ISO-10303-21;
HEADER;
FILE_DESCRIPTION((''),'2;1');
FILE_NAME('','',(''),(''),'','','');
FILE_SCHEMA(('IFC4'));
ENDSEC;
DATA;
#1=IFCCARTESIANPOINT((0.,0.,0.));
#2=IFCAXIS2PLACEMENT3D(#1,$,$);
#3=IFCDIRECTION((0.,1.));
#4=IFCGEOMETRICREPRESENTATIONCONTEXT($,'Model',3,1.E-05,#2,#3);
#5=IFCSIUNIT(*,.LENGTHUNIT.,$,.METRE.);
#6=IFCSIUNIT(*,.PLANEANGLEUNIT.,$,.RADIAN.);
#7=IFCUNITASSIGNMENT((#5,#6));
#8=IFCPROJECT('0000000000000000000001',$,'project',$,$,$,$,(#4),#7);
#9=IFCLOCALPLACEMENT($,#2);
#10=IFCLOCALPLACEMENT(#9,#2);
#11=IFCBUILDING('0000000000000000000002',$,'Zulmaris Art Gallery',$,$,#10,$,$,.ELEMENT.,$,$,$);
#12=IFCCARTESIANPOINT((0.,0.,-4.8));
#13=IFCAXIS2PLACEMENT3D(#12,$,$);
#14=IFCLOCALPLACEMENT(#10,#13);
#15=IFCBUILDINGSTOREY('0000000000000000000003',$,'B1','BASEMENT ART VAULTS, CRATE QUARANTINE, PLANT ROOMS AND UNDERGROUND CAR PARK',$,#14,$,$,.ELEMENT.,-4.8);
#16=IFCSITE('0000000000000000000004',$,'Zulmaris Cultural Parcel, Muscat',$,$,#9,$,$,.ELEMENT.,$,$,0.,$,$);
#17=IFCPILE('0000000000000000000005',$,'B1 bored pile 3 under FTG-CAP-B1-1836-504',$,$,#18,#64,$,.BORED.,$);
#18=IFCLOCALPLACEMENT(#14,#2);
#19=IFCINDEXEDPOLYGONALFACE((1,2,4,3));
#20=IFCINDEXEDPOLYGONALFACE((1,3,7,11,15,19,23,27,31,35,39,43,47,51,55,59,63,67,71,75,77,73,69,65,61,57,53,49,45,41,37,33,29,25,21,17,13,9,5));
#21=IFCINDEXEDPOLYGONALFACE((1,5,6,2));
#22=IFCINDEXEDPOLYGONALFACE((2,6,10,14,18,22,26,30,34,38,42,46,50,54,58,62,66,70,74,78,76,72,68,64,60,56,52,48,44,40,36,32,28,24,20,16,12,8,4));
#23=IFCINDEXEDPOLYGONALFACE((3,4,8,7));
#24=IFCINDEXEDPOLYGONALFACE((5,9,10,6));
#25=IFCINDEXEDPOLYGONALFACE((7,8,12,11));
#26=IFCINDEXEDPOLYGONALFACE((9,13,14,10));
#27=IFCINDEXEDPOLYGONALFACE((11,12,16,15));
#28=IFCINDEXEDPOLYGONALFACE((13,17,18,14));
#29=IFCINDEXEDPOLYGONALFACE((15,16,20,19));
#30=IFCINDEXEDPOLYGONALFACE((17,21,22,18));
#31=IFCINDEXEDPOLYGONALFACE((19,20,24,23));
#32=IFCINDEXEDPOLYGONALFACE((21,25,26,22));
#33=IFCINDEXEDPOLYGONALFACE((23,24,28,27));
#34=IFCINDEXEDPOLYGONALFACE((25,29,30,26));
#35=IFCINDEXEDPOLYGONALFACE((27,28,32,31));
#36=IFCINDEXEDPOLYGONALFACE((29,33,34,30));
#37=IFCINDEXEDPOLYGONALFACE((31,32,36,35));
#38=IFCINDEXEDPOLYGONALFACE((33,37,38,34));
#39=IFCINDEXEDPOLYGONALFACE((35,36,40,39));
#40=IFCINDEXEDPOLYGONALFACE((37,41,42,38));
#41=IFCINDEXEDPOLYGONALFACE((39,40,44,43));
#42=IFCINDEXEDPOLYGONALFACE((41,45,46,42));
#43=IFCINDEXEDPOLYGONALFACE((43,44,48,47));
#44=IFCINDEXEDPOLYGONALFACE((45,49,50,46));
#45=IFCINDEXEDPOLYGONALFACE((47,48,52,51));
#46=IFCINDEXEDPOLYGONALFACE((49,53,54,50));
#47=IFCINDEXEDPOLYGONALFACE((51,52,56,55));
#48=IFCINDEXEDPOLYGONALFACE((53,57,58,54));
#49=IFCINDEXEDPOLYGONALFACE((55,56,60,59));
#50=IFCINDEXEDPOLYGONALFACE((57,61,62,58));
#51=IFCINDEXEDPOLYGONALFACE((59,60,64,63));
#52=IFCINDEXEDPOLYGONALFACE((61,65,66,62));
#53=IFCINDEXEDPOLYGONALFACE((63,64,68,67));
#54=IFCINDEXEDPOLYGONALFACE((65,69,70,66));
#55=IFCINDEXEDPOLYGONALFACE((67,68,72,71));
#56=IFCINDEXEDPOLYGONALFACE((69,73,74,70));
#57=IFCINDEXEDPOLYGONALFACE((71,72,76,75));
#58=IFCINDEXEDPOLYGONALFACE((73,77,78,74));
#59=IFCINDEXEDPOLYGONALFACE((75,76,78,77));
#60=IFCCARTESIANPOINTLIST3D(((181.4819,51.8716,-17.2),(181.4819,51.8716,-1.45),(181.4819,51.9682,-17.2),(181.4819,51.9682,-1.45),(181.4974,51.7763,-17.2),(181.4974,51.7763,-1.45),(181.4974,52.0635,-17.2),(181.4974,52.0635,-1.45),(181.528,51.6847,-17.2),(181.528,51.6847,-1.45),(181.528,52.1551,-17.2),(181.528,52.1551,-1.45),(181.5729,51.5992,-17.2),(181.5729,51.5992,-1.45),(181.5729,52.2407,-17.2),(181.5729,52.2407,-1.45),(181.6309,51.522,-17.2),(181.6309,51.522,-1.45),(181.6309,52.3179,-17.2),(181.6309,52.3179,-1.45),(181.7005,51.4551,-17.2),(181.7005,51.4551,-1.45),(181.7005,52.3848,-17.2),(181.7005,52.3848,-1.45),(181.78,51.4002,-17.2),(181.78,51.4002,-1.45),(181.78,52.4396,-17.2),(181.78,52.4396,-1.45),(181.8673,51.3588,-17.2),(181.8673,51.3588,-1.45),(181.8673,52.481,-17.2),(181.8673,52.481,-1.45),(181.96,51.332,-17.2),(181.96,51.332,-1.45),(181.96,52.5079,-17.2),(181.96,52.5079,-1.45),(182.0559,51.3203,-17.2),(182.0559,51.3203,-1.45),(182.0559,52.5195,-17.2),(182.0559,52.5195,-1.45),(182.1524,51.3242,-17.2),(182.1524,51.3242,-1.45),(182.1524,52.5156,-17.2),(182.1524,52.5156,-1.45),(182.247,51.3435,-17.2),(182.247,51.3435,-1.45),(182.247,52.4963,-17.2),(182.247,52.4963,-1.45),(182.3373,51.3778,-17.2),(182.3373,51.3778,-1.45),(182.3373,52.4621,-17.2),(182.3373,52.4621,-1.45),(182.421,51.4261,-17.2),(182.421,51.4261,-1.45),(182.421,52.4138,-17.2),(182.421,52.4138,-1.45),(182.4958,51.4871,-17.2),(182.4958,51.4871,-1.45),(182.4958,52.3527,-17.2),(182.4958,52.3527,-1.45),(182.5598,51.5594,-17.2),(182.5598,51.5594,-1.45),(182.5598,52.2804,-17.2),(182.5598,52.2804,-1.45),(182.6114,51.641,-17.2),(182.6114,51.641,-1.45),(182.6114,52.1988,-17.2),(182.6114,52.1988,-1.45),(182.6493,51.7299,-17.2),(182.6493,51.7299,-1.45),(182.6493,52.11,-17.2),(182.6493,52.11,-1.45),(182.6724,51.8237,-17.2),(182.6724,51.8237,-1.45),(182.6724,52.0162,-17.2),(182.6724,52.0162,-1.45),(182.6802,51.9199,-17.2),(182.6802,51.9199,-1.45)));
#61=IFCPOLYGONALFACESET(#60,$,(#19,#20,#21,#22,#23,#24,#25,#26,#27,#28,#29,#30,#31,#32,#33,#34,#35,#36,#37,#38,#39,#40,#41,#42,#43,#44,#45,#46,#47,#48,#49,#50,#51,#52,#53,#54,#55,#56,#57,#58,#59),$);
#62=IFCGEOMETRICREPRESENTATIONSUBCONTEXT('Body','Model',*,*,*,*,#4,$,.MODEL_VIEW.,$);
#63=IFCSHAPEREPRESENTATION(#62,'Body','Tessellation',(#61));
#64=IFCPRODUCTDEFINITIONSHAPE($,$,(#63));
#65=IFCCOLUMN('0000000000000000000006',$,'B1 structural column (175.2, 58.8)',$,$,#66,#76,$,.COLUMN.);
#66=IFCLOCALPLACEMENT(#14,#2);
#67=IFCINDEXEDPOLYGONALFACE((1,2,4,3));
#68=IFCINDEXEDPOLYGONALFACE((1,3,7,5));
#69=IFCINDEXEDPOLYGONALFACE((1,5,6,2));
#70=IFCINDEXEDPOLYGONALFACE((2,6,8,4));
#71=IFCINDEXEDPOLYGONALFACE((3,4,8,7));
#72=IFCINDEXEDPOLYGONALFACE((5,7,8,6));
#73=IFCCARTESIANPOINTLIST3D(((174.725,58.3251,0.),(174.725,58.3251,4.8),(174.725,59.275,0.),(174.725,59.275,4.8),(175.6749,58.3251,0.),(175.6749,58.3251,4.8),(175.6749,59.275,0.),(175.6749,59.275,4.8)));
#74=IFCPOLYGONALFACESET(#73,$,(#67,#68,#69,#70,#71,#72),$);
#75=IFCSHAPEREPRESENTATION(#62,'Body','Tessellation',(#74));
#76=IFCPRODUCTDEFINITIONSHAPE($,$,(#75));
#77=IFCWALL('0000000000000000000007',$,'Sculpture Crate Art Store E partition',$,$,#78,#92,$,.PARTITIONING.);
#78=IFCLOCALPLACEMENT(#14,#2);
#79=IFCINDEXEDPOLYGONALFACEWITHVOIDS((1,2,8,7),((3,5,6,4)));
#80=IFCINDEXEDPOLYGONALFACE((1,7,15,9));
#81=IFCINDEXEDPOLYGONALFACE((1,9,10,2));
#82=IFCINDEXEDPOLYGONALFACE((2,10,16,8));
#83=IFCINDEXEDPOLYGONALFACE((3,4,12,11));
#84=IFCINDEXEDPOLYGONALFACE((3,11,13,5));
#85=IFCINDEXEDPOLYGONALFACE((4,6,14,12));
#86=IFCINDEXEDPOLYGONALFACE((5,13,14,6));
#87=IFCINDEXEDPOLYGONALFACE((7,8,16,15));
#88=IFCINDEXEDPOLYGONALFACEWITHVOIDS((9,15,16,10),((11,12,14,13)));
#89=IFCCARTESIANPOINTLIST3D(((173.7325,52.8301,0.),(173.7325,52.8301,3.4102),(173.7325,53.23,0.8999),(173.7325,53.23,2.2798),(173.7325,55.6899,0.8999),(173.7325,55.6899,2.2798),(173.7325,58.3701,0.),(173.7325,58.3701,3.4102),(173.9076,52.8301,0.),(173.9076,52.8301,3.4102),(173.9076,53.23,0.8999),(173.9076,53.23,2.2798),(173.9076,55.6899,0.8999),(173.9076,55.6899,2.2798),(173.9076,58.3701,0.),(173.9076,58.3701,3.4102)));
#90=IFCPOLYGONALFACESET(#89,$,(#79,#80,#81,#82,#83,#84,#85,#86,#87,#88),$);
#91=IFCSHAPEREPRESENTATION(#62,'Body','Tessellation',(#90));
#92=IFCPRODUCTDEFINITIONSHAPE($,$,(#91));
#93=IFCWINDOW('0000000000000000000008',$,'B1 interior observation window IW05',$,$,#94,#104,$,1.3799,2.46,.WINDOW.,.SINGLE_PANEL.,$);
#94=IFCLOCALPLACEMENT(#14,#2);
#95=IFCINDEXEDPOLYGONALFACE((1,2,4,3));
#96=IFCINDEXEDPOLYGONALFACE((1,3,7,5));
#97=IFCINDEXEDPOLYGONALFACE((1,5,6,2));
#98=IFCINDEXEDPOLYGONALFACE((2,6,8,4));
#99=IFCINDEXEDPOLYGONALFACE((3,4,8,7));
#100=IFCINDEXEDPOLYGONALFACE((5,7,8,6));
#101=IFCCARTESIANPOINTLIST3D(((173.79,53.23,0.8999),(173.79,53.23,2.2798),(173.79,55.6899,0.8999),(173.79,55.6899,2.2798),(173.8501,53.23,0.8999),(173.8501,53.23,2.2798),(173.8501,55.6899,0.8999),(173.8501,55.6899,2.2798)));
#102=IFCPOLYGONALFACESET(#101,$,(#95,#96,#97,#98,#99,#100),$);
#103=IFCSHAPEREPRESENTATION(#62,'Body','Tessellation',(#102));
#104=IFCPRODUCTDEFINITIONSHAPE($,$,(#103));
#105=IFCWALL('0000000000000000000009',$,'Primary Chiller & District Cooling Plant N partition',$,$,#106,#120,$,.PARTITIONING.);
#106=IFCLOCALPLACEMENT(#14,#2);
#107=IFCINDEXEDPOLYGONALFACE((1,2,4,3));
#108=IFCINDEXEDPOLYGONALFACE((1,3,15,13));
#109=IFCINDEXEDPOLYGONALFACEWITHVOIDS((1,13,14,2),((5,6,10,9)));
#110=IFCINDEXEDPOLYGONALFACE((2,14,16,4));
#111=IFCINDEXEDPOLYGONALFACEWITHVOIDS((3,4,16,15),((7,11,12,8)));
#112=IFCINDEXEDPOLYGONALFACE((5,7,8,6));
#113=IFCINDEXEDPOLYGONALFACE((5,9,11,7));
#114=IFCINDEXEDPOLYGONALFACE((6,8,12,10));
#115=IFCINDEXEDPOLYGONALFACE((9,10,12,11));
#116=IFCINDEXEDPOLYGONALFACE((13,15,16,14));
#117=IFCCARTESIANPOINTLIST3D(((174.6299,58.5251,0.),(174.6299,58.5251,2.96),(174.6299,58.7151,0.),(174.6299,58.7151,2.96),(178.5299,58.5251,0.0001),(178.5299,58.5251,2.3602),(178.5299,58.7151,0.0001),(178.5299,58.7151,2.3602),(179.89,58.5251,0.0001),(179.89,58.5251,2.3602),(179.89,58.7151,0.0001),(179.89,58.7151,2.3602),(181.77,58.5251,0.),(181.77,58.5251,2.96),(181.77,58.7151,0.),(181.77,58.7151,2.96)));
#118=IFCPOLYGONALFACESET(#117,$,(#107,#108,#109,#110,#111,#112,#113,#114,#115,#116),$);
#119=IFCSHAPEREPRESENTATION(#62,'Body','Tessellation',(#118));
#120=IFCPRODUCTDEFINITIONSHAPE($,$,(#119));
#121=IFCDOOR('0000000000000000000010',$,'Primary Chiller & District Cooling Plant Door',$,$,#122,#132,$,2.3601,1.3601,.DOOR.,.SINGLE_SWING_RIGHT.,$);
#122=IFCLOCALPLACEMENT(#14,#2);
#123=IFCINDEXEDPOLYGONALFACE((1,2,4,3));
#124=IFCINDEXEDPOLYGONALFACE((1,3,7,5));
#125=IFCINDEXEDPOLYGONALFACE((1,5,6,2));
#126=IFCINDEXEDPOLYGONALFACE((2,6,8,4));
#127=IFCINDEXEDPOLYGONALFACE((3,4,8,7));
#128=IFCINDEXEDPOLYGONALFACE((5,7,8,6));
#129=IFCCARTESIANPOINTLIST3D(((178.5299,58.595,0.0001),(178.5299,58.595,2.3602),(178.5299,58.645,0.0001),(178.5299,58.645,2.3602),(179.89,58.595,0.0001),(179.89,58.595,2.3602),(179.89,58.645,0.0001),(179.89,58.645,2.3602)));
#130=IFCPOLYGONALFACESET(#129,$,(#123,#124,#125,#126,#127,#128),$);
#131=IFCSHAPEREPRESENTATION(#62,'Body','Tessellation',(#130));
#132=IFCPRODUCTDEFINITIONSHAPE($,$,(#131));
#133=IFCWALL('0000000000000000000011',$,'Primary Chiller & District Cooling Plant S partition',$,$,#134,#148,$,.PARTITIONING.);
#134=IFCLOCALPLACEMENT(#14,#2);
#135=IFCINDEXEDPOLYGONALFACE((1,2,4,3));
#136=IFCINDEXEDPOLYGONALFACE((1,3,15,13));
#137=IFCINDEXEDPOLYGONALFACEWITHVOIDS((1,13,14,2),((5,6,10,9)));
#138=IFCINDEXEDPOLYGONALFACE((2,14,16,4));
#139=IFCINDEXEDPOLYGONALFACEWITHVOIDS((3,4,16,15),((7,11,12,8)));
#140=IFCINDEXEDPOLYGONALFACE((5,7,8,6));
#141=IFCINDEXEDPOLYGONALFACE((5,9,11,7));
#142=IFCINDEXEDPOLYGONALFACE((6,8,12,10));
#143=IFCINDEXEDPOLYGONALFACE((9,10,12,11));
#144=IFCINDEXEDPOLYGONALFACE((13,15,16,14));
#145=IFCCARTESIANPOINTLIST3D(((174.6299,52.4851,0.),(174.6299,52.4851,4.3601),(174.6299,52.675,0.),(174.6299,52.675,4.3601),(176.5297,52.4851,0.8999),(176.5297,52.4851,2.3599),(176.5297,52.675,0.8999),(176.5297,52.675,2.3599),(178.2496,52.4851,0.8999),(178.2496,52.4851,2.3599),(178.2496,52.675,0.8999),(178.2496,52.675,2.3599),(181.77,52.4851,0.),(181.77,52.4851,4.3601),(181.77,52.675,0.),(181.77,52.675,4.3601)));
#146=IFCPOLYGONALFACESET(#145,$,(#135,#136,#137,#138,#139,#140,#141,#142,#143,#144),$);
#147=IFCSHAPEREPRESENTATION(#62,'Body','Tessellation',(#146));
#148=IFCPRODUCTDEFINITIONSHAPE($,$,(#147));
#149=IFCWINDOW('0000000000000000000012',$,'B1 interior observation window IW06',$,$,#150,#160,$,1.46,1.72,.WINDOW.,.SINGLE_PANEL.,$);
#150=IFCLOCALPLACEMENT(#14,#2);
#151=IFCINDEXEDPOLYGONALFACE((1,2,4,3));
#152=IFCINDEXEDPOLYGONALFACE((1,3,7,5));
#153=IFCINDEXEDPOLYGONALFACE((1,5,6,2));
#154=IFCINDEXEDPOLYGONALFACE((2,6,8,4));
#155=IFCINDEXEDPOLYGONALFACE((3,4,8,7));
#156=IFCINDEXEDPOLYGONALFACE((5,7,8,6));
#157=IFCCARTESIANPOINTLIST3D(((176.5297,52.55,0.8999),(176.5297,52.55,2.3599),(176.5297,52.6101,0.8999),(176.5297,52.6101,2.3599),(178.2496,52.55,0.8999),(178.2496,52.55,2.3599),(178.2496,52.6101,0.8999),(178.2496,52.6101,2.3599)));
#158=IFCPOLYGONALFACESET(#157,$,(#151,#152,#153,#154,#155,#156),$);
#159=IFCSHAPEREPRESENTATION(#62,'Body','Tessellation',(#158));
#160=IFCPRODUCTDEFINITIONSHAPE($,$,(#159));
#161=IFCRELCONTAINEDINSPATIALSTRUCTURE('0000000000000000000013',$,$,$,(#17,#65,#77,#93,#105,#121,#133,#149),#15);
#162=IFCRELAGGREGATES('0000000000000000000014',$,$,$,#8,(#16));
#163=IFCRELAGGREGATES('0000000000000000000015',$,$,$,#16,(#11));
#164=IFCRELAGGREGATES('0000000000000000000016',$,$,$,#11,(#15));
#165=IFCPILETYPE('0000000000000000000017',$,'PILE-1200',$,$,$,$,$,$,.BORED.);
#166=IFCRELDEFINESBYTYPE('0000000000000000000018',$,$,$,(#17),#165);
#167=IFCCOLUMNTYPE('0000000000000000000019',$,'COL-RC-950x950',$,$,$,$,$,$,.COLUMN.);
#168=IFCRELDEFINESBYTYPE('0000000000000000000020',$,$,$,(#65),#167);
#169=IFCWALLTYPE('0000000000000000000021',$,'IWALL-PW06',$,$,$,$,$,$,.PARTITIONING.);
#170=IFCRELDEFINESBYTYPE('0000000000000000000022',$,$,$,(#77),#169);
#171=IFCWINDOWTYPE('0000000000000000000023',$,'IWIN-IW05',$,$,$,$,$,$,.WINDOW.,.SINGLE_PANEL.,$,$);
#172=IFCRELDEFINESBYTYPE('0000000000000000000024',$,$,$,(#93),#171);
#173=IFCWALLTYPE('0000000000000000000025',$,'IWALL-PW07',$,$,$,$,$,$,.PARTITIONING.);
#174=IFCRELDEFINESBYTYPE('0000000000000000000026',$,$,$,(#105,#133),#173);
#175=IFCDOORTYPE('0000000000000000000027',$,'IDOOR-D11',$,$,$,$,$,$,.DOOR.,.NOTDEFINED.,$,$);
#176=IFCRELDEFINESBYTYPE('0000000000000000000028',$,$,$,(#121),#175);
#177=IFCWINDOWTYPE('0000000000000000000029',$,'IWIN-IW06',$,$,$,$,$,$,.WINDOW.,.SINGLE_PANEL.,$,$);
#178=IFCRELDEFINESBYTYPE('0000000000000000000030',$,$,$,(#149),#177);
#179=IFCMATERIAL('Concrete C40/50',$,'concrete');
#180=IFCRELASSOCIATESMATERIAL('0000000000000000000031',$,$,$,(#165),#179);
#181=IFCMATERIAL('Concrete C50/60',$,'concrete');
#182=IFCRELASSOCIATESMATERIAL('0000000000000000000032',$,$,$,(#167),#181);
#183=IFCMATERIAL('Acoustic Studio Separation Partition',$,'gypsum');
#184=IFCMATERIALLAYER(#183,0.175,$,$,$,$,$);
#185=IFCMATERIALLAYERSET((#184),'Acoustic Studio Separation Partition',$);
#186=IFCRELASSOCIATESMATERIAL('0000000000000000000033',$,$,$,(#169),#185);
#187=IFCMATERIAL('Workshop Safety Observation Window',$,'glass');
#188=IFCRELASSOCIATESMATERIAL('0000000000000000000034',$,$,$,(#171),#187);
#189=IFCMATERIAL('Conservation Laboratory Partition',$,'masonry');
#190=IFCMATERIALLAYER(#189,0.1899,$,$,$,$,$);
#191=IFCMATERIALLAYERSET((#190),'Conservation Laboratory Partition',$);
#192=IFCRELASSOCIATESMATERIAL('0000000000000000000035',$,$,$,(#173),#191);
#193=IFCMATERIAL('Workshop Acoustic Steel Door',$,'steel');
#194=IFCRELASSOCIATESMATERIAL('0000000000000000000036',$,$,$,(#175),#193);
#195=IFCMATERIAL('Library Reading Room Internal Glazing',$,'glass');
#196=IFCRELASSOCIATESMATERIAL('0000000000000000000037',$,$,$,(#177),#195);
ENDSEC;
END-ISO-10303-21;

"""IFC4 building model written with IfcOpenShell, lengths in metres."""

from ifc_helpers import new_model, si_unit, direction, frame, frame_2d, origin, origin_2d, place, context, subcontext, project, spatial, rectangle, circle, extrude, material, layer, layer_set, material_profile, profile_set, type_object, element, fill, save


model = new_model("IFC4")

# Units and contexts
model_context = context("Model", 3, precision=1e-05, world=origin(), true_north=direction((0.0, 1.0)))
body_context = subcontext(model_context, "Body", "Model", "MODEL_VIEW")
ifc_project = project(units=[si_unit("LENGTHUNIT", "METRE"), si_unit("PLANEANGLEUNIT", "RADIAN")], contexts=[model_context])

# Site, building, storey
site_placement = place(None, origin())
site = spatial("IfcSite", under=ifc_project, at=site_placement, Name="Zulmaris Cultural Parcel, Muscat", CompositionType="ELEMENT", RefElevation=0.0)
building_placement = place(site_placement, origin())
building = spatial("IfcBuilding", under=site, at=building_placement, Name="Zulmaris Art Gallery", CompositionType="ELEMENT")
storey_placement = place(building_placement, frame((0.0, 0.0, -4.8)))
storey = spatial("IfcBuildingStorey", under=building, at=storey_placement, Name="B1", Description="BASEMENT ART VAULTS, CRATE QUARANTINE, PLANT ROOMS AND UNDERGROUND CAR PARK", CompositionType="ELEMENT", Elevation=-4.8)

# Pile
ifc_material_1 = material(Name="Concrete C40/50", Category="concrete")
ifc_material_profile_1 = material_profile(ifc_material_1, circle(Radius=0.6001, at=origin_2d()), Name="PILE DIA 1200")
ifc_profile_set_1 = profile_set([ifc_material_profile_1], Name="Concrete C40/50")
pile_type = type_object("IfcPileType", Name="PILE-1200", PredefinedType="BORED", material=ifc_profile_set_1)
pile_placement = place(storey_placement, frame((182.0801, 51.9199, -1.45), z_axis=(0.0, 0.0, -1.0), x_axis=(1.0, 0.0, 0.0)))
element("IfcPile", 1, at=pile_placement, inside=storey, type_object=pile_type, Name="B1 bored pile 3 under FTG-CAP-B1-1836-504", PredefinedType="BORED", context=body_context, shape_type="SweptSolid", body=[
    extrude(circle(Radius=0.6001, at=origin_2d()), origin(), (0.0, 0.0, 1.0), 15.75),
])

# Column
ifc_material_2 = material(Name="Concrete C50/60", Category="concrete")
ifc_material_profile_2 = material_profile(ifc_material_2, rectangle(XDim=0.95, YDim=0.95, at=origin_2d()), Name="RC 950x950")
ifc_profile_set_2 = profile_set([ifc_material_profile_2], Name="Concrete C50/60")
column_type = type_object("IfcColumnType", Name="COL-RC-950x950", PredefinedType="COLUMN", material=ifc_profile_set_2)
column_placement = place(storey_placement, frame((175.2, 58.8, 0.0), z_axis=(0.0, 0.0, 1.0), x_axis=(1.0, 0.0, 0.0)))
element("IfcColumn", 2, at=column_placement, inside=storey, type_object=column_type, Name="B1 structural column (175.2, 58.8)", PredefinedType="COLUMN", context=body_context, shape_type="SweptSolid", body=[
    extrude(rectangle(XDim=0.95, YDim=0.95, at=origin_2d()), origin(), (0.0, 0.0, 1.0), 4.8),
])

# Wall, opening, window
ifc_material_3 = material(Name="Acoustic Studio Separation Partition", Category="gypsum")
ifc_layer_1 = layer(ifc_material_3, 0.175)
ifc_layer_set_1 = layer_set([ifc_layer_1], Name="Acoustic Studio Separation Partition")
wall_type_1 = type_object("IfcWallType", Name="IWALL-PW06", PredefinedType="PARTITIONING", material=ifc_layer_set_1)
wall_1_placement = place(storey_placement, frame((173.8201, 52.8301, 0.0), z_axis=(0.0, 0.0, 1.0), x_axis=(0.0, 1.0, 0.0)))
wall_1 = element("IfcWall", 3, at=wall_1_placement, inside=storey, type_object=wall_type_1, Name="Sculpture Crate Art Store E partition", PredefinedType="PARTITIONING", context=body_context, shape_type="SweptSolid", body=[
    extrude(rectangle(XDim=5.54, YDim=0.175, at=frame_2d((2.77, 0.0))), origin(), (0.0, 0.0, 1.0), 3.4102),
])
opening_1_placement = place(wall_1_placement, frame((0.3999, 0.0, 0.8999)))
opening_1 = element("IfcOpeningElement", 4, at=opening_1_placement, cuts=wall_1, PredefinedType="OPENING", context=body_context, shape_type="SweptSolid", body=[
    extrude(rectangle(XDim=2.46, YDim=1.3799, at=frame_2d((1.23, 0.6899))), frame((0.0, 0.0974, 0.0), z_axis=(0.0, -1.0, 0.0), x_axis=(1.0, 0.0, 0.0)), (0.0, 0.0, 1.0), 0.1951),
])
ifc_material_4 = material(Name="Workshop Safety Observation Window", Category="glass")
window_type_1 = type_object("IfcWindowType", Name="IWIN-IW05", PartitioningType="SINGLE_PANEL", PredefinedType="WINDOW", material=ifc_material_4)
window_1_placement = place(opening_1_placement, origin())
window_1 = element("IfcWindow", 5, at=window_1_placement, inside=storey, type_object=window_type_1, Name="B1 interior observation window IW05", OverallHeight=1.3799, OverallWidth=2.46, PartitioningType="SINGLE_PANEL", PredefinedType="WINDOW", context=body_context, shape_type="SweptSolid", body=[
    extrude(rectangle(XDim=2.46, YDim=1.3799, at=frame_2d((1.23, 0.6899))), frame((0.0, 0.03, 0.0), z_axis=(0.0, -1.0, 0.0), x_axis=(1.0, 0.0, 0.0)), (0.0, 0.0, 1.0), 0.0601),
])
fill(opening_1, window_1)

# Wall, opening, door
ifc_material_5 = material(Name="Conservation Laboratory Partition", Category="masonry")
ifc_layer_2 = layer(ifc_material_5, 0.1899)
ifc_layer_set_2 = layer_set([ifc_layer_2], Name="Conservation Laboratory Partition")
wall_type_2 = type_object("IfcWallType", Name="IWALL-PW07", PredefinedType="PARTITIONING", material=ifc_layer_set_2)
wall_2_placement = place(storey_placement, frame((174.6299, 58.6201, 0.0), z_axis=(0.0, 0.0, 1.0), x_axis=(1.0, 0.0, 0.0)))
wall_2 = element("IfcWall", 6, at=wall_2_placement, inside=storey, type_object=wall_type_2, Name="Primary Chiller & District Cooling Plant N partition", PredefinedType="PARTITIONING", context=body_context, shape_type="SweptSolid", body=[
    extrude(rectangle(XDim=7.1401, YDim=0.1899, at=frame_2d((3.5701, 0.0))), origin(), (0.0, 0.0, 1.0), 2.96),
])
opening_2_placement = place(wall_2_placement, frame((3.8999, 0.0, 0.0)))
opening_2 = element("IfcOpeningElement", 7, at=opening_2_placement, cuts=wall_2, PredefinedType="OPENING", context=body_context, shape_type="SweptSolid", body=[
    extrude(rectangle(XDim=1.3601, YDim=2.3601, at=frame_2d((0.6802, 1.1802))), frame((0.0, 0.105, 0.0), z_axis=(0.0, -1.0, 0.0), x_axis=(1.0, 0.0, 0.0)), (0.0, 0.0, 1.0), 0.21),
])
ifc_material_6 = material(Name="Workshop Acoustic Steel Door", Category="steel")
door_type = type_object("IfcDoorType", Name="IDOOR-D11", OperationType="NOTDEFINED", PredefinedType="DOOR", material=ifc_material_6)
door_placement = place(opening_2_placement, origin())
door = element("IfcDoor", 8, at=door_placement, inside=storey, type_object=door_type, Name="Primary Chiller & District Cooling Plant Door", OperationType="SINGLE_SWING_RIGHT", OverallHeight=2.3601, OverallWidth=1.3601, PredefinedType="DOOR", context=body_context, shape_type="SweptSolid", body=[
    extrude(rectangle(XDim=1.3601, YDim=2.3601, at=frame_2d((0.6802, 1.1802))), frame((0.0, 0.0249, 0.0), z_axis=(0.0, -1.0, 0.0), x_axis=(1.0, 0.0, 0.0)), (0.0, 0.0, 1.0), 0.05),
])
fill(opening_2, door)

# Wall, opening, window
wall_3_placement = place(storey_placement, frame((174.6299, 52.5801, 0.0), z_axis=(0.0, 0.0, 1.0), x_axis=(1.0, 0.0, 0.0)))
wall_3 = element("IfcWall", 9, at=wall_3_placement, inside=storey, type_object=wall_type_2, Name="Primary Chiller & District Cooling Plant S partition", PredefinedType="PARTITIONING", context=body_context, shape_type="SweptSolid", body=[
    extrude(rectangle(XDim=7.1401, YDim=0.1899, at=frame_2d((3.5701, 0.0))), origin(), (0.0, 0.0, 1.0), 4.3601),
])
opening_3_placement = place(wall_3_placement, frame((1.8999, 0.0, 0.8999)))
opening_3 = element("IfcOpeningElement", 10, at=opening_3_placement, cuts=wall_3, PredefinedType="OPENING", context=body_context, shape_type="SweptSolid", body=[
    extrude(rectangle(XDim=1.72, YDim=1.46, at=frame_2d((0.8599, 0.73))), frame((0.0, 0.105, 0.0), z_axis=(0.0, -1.0, 0.0), x_axis=(1.0, 0.0, 0.0)), (0.0, 0.0, 1.0), 0.21),
])
ifc_material_7 = material(Name="Library Reading Room Internal Glazing", Category="glass")
window_type_2 = type_object("IfcWindowType", Name="IWIN-IW06", PartitioningType="SINGLE_PANEL", PredefinedType="WINDOW", material=ifc_material_7)
window_2_placement = place(opening_3_placement, origin())
window_2 = element("IfcWindow", 11, at=window_2_placement, inside=storey, type_object=window_type_2, Name="B1 interior observation window IW06", OverallHeight=1.46, OverallWidth=1.72, PartitioningType="SINGLE_PANEL", PredefinedType="WINDOW", context=body_context, shape_type="SweptSolid", body=[
    extrude(rectangle(XDim=1.72, YDim=1.46, at=frame_2d((0.8599, 0.73))), frame((0.0, 0.03, 0.0), z_axis=(0.0, -1.0, 0.0), x_axis=(1.0, 0.0, 0.0)), (0.0, 0.0, 1.0), 0.0601),
])
fill(opening_3, window_2)

save(model, "model.ifc")
